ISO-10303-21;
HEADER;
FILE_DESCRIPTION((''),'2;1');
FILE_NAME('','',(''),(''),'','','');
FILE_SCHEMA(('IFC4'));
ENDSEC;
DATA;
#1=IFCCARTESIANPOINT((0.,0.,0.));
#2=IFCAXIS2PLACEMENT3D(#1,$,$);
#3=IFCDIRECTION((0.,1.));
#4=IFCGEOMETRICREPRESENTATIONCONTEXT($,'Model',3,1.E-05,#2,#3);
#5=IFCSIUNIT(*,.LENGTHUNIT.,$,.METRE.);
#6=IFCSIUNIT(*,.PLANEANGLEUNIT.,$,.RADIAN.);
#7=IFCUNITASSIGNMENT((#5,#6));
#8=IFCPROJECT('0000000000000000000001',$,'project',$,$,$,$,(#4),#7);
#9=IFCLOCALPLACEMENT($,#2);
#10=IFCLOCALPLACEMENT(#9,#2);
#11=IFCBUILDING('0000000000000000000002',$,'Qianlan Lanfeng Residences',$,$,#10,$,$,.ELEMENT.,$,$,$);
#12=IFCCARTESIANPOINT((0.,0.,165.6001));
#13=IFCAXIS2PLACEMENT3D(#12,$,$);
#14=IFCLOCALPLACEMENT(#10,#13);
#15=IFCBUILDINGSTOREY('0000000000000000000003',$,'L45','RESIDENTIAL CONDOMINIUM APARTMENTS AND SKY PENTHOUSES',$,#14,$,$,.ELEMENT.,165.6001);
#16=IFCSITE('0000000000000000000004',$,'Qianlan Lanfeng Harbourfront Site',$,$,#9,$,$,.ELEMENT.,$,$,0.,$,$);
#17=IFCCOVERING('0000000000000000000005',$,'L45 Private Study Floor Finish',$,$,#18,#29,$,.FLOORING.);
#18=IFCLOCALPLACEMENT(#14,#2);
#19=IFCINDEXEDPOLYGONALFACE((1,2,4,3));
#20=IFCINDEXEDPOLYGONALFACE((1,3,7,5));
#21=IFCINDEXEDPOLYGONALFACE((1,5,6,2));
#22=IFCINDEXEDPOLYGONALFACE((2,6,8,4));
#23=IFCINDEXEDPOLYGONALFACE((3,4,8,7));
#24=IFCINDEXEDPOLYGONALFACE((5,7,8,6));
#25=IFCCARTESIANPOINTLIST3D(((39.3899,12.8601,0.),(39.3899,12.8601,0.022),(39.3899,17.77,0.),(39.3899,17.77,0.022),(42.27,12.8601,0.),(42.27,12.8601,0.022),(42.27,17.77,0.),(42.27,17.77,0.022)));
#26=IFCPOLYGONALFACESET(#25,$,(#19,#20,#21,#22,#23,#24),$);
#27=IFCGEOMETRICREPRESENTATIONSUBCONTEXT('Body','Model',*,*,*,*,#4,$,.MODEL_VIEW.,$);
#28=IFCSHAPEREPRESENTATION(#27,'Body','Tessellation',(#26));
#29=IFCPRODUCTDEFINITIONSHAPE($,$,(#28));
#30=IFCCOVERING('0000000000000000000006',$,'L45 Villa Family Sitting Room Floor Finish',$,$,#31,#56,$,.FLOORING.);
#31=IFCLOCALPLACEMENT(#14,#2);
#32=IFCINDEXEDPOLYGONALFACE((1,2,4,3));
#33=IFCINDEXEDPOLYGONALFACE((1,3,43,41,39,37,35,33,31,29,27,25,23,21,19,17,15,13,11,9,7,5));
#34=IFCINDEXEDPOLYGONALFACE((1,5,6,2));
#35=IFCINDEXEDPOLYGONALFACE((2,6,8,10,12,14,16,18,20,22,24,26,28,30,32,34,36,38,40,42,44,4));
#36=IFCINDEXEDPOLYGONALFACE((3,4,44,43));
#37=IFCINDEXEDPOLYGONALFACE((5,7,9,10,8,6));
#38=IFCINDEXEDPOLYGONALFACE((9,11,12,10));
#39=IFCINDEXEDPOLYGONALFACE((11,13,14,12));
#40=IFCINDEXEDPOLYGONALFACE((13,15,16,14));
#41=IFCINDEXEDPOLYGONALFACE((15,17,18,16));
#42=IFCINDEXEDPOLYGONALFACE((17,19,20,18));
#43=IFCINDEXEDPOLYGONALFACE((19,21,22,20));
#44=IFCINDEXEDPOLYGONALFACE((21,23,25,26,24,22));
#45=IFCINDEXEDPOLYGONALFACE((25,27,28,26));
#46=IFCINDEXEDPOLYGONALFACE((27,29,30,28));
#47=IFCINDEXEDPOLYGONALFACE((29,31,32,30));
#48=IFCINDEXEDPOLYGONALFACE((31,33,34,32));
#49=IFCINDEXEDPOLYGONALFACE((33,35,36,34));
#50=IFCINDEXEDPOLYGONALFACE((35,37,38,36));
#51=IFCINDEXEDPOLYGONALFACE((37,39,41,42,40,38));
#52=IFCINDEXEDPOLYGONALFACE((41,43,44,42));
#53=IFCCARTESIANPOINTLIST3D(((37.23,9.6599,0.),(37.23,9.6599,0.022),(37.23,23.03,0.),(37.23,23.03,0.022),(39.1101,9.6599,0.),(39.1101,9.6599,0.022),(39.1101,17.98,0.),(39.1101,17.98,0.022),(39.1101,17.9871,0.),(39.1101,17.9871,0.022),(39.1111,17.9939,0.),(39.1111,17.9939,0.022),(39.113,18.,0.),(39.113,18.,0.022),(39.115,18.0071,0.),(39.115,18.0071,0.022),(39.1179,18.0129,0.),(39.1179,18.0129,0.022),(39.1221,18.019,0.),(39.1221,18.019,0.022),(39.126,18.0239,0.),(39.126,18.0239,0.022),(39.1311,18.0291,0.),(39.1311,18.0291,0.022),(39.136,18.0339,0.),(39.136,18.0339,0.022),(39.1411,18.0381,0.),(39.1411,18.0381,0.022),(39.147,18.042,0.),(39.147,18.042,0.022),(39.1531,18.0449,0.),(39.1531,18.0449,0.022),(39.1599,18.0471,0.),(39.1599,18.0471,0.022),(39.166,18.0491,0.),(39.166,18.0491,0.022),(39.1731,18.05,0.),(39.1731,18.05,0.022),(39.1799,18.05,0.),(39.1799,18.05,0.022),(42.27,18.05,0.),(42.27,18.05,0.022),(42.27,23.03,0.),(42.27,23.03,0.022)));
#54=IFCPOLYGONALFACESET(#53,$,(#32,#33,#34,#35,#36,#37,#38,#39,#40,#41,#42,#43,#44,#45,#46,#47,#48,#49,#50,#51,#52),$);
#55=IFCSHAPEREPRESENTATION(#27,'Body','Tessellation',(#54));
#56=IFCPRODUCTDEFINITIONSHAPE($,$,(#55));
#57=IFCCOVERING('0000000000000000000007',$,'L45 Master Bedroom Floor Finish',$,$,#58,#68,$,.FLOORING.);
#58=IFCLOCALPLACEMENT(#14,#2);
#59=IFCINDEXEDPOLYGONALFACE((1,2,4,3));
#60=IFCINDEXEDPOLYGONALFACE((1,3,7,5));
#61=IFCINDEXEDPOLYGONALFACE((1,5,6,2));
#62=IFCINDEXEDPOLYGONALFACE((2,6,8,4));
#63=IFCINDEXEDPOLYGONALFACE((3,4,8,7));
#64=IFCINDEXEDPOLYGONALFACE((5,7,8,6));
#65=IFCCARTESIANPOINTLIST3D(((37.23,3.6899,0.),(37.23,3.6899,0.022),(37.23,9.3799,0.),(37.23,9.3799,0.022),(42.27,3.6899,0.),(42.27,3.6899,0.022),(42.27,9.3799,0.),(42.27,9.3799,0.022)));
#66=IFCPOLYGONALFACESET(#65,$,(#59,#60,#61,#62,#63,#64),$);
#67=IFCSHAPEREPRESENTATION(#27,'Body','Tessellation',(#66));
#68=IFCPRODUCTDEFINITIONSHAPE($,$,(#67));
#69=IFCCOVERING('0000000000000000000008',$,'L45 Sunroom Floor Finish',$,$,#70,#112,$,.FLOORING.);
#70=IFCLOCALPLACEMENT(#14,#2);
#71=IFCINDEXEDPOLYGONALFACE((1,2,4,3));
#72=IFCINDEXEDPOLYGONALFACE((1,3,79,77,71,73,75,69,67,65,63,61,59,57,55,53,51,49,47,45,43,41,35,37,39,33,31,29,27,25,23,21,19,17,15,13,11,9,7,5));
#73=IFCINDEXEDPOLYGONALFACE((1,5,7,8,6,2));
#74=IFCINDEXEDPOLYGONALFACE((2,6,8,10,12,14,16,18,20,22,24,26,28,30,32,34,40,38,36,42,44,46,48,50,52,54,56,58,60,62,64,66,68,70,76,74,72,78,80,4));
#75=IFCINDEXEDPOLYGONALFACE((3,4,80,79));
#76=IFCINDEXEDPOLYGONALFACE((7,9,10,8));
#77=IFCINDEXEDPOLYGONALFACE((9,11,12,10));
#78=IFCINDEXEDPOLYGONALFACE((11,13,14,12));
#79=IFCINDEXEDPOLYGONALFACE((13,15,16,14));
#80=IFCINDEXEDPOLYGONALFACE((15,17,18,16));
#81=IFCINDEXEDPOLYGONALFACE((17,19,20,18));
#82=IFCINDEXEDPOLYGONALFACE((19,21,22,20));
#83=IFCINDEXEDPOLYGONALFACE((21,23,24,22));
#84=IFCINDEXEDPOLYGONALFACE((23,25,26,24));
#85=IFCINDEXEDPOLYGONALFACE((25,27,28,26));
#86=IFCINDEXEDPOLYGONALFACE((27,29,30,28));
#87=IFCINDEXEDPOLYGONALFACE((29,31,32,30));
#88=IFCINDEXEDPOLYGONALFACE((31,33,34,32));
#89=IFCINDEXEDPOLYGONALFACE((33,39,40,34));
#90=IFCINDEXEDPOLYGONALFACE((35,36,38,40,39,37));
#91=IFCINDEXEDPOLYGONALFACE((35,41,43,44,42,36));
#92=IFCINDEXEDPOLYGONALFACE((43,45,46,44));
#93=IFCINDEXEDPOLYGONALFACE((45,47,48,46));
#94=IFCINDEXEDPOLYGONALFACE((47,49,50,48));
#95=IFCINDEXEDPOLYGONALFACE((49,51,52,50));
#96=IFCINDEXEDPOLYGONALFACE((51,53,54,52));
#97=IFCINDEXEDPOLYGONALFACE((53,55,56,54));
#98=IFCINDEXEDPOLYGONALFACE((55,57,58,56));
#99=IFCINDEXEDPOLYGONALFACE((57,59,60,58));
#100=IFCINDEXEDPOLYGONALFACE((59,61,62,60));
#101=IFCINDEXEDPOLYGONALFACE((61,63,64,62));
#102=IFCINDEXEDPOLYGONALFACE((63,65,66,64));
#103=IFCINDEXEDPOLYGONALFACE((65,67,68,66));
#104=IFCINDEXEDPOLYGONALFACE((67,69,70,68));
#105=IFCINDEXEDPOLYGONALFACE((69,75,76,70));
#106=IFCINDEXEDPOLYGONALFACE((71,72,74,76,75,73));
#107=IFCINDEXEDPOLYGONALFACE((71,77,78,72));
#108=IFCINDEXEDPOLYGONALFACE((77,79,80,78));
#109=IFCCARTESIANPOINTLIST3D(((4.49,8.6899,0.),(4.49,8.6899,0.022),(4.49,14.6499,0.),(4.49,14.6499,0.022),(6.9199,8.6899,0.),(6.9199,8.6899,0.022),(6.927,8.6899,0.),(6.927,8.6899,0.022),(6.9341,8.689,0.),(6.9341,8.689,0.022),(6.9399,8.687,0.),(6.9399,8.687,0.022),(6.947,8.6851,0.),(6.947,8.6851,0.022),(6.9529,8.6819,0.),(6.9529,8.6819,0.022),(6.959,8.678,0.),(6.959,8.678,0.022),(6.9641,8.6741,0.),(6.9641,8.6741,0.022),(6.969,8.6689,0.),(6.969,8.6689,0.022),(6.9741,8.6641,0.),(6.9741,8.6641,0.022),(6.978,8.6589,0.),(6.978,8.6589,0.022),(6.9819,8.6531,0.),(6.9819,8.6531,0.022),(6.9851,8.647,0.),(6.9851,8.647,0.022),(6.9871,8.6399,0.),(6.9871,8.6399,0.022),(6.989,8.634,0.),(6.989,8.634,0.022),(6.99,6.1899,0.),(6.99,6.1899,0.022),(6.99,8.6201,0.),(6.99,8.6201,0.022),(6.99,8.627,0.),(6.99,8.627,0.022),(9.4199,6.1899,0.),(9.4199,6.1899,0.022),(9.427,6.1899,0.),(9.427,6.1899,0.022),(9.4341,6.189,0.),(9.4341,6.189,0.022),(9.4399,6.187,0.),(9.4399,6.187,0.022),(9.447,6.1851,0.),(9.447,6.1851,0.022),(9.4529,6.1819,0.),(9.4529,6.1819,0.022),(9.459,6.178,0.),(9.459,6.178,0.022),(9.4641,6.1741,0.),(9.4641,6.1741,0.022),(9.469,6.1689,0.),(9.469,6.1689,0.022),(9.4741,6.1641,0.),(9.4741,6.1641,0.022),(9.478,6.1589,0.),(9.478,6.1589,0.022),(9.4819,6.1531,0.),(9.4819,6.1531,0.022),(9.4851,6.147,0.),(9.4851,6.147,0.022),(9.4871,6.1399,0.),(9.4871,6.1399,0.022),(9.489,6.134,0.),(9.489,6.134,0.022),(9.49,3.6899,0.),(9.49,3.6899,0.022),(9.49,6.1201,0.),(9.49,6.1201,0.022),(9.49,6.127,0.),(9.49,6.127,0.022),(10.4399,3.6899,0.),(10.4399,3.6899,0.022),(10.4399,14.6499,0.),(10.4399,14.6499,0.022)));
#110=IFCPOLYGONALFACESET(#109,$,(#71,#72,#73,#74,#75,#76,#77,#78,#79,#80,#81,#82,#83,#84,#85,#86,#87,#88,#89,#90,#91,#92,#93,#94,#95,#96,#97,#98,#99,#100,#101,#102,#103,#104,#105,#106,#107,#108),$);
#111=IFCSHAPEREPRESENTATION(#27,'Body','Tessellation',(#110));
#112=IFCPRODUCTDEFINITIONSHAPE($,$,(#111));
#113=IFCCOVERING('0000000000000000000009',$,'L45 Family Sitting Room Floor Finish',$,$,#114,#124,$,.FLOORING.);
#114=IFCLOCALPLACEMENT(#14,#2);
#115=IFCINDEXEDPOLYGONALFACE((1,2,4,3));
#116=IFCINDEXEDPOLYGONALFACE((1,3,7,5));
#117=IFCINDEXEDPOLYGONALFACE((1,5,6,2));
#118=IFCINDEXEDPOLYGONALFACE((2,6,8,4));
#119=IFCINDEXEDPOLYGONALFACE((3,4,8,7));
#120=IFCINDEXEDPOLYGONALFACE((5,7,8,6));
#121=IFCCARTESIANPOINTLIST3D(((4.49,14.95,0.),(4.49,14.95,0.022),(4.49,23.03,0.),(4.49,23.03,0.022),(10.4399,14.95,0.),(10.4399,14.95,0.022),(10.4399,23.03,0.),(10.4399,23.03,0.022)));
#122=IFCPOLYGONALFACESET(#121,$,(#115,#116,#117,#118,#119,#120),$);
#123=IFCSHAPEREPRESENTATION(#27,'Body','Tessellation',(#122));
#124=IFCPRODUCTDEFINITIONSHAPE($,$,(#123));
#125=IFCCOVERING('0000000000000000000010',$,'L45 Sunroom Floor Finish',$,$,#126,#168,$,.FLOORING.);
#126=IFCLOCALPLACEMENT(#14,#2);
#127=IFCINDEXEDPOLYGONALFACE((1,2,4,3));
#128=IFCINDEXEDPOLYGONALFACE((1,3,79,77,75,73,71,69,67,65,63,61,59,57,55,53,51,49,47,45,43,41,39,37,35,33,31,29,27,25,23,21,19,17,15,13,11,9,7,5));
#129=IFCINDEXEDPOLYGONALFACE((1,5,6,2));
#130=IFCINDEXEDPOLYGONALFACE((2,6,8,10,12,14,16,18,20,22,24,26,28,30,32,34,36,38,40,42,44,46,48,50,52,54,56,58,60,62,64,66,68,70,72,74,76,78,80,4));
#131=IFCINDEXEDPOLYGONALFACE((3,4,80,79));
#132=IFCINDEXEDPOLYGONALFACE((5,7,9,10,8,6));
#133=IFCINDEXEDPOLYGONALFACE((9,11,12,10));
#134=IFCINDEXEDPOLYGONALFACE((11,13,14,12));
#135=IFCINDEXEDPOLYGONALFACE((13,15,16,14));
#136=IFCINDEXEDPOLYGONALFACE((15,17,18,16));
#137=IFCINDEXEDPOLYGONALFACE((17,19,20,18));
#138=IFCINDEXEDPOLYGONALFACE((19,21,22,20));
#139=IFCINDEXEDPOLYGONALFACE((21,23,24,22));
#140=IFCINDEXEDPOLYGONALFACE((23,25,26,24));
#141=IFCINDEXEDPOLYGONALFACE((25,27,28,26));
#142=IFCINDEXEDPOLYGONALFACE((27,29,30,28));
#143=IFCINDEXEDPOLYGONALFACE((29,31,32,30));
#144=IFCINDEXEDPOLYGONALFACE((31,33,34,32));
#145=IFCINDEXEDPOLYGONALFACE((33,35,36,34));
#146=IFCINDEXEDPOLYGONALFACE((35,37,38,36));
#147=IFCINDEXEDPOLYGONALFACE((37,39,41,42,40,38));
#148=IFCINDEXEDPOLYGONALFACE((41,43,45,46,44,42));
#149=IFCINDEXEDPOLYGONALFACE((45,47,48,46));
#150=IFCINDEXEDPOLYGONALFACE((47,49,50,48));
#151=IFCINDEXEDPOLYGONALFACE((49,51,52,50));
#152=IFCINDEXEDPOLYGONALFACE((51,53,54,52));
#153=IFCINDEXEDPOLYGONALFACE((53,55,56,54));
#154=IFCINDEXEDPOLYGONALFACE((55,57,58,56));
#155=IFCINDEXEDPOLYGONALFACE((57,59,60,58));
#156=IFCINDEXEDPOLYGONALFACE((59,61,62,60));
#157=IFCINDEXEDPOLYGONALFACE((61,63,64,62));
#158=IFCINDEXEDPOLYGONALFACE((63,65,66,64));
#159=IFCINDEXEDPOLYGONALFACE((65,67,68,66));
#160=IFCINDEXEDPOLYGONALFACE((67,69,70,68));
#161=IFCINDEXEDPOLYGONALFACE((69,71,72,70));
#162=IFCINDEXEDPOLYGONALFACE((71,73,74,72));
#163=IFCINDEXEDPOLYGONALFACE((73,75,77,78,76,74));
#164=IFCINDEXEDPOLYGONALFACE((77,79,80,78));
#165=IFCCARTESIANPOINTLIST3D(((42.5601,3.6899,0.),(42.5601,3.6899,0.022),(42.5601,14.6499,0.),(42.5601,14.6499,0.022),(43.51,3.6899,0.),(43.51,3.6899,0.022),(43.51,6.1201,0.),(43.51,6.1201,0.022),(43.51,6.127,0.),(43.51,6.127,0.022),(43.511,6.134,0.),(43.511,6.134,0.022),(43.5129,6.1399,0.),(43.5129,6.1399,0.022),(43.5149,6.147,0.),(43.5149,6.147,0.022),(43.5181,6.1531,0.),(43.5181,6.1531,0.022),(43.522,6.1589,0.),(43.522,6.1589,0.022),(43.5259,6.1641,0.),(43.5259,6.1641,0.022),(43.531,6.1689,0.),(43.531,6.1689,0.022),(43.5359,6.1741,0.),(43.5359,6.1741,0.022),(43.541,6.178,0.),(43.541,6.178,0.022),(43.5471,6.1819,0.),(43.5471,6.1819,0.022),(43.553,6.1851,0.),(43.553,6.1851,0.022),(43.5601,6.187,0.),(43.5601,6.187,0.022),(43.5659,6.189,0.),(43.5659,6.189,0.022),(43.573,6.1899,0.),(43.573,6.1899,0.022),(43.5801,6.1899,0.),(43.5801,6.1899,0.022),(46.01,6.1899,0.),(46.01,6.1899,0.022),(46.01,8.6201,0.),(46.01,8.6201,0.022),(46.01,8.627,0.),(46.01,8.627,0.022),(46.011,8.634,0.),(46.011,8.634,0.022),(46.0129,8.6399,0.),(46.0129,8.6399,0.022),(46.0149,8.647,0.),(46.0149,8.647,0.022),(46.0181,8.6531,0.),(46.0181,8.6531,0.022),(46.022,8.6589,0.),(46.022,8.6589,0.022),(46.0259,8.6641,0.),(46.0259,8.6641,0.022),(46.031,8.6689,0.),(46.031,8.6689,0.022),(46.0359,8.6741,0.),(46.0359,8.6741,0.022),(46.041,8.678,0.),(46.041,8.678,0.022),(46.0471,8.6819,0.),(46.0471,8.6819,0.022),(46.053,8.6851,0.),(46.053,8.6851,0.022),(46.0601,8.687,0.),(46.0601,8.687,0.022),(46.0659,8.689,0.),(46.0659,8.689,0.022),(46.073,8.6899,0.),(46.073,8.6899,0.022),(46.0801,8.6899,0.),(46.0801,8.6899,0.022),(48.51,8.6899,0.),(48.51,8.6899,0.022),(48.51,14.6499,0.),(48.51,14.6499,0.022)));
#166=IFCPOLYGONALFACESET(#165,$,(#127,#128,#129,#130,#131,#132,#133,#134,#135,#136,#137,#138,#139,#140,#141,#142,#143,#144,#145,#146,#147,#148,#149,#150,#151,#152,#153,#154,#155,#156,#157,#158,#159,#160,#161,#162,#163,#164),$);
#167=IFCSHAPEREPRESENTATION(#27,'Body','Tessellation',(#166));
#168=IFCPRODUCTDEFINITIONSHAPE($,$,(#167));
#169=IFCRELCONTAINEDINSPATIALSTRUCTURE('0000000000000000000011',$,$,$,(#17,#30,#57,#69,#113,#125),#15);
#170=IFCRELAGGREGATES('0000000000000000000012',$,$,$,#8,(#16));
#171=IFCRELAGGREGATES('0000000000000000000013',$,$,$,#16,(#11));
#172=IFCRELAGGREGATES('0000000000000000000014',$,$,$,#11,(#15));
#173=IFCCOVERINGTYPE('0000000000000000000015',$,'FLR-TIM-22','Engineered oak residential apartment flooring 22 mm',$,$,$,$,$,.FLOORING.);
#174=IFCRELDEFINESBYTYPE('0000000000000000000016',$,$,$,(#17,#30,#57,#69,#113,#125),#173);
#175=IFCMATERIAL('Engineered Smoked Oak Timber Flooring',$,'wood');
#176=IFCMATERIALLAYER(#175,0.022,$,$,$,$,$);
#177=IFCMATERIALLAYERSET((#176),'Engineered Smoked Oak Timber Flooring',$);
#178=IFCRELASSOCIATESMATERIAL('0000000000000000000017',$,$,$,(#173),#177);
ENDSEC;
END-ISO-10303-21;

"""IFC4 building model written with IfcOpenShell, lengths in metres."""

from ifc_helpers import new_model, si_unit, direction, frame, origin, place, context, subcontext, project, spatial, polyline, outline, extrude, material, layer, layer_set, type_object, element, save


model = new_model("IFC4")

# Units and contexts
model_context = context("Model", 3, precision=1e-05, world=origin(), true_north=direction((0.0, 1.0)))
body_context = subcontext(model_context, "Body", "Model", "MODEL_VIEW")
ifc_project = project(units=[si_unit("LENGTHUNIT", "METRE"), si_unit("PLANEANGLEUNIT", "RADIAN")], contexts=[model_context])

# Site, building, storey
site_placement = place(None, origin())
site = spatial("IfcSite", under=ifc_project, at=site_placement, Name="Qianlan Lanfeng Harbourfront Site", CompositionType="ELEMENT", RefElevation=0.0)
building_placement = place(site_placement, origin())
building = spatial("IfcBuilding", under=site, at=building_placement, Name="Qianlan Lanfeng Residences", CompositionType="ELEMENT")
storey_placement = place(building_placement, frame((0.0, 0.0, 165.6001)))
storey = spatial("IfcBuildingStorey", under=building, at=storey_placement, Name="L45", Description="RESIDENTIAL CONDOMINIUM APARTMENTS AND SKY PENTHOUSES", CompositionType="ELEMENT", Elevation=165.6001)

# Coverings
ifc_material_1 = material(Name="Engineered Smoked Oak Timber Flooring", Category="wood")
ifc_layer_1 = layer(ifc_material_1, 0.022)
ifc_layer_set_1 = layer_set([ifc_layer_1], Name="Engineered Smoked Oak Timber Flooring")
covering_type_1 = type_object("IfcCoveringType", Name="FLR-TIM-22", Description="Engineered oak residential apartment flooring 22 mm", PredefinedType="FLOORING", material=ifc_layer_set_1)
covering_1_placement = place(storey_placement, origin())
element("IfcCovering", 1, at=covering_1_placement, inside=storey, type_object=covering_type_1, Name="L45 Private Study Floor Finish", PredefinedType="FLOORING", context=body_context, shape_type="SweptSolid", body=[
    extrude(outline(polyline([(39.3899, 12.8601), (42.27, 12.8601), (42.27, 17.77), (39.3899, 17.77), (39.3899, 12.8601)])), origin(), (0.0, 0.0, 1.0), 0.022),
])
covering_2_placement = place(storey_placement, origin())
element("IfcCovering", 2, at=covering_2_placement, inside=storey, type_object=covering_type_1, Name="L45 Villa Family Sitting Room Floor Finish", PredefinedType="FLOORING", context=body_context, shape_type="SweptSolid", body=[
    extrude(outline(polyline([(37.23, 9.6599), (39.1101, 9.6599), (39.1101, 17.98), (39.1101, 17.9871), (39.1111, 17.9939), (39.113, 18.0), (39.115, 18.0071), (39.1179, 18.0129), (39.1221, 18.019), (39.126, 18.0239), (39.1311, 18.0291), (39.136, 18.0339), (39.1411, 18.0381), (39.147, 18.042), (39.1531, 18.0449), (39.1599, 18.0471), (39.166, 18.0491), (39.1731, 18.05), (39.1799, 18.05), (42.27, 18.05), (42.27, 23.03), (37.23, 23.03), (37.23, 9.6599)])), origin(), (0.0, 0.0, 1.0), 0.022),
])
covering_3_placement = place(storey_placement, origin())
element("IfcCovering", 3, at=covering_3_placement, inside=storey, type_object=covering_type_1, Name="L45 Master Bedroom Floor Finish", PredefinedType="FLOORING", context=body_context, shape_type="SweptSolid", body=[
    extrude(outline(polyline([(37.23, 9.3799), (37.23, 3.6899), (42.27, 3.6899), (42.27, 9.3799), (37.23, 9.3799)])), origin(), (0.0, 0.0, 1.0), 0.022),
])
covering_4_placement = place(storey_placement, origin())
element("IfcCovering", 4, at=covering_4_placement, inside=storey, type_object=covering_type_1, Name="L45 Sunroom Floor Finish", PredefinedType="FLOORING", context=body_context, shape_type="SweptSolid", body=[
    extrude(outline(polyline([(10.4399, 14.6499), (4.49, 14.6499), (4.49, 8.6899), (6.9199, 8.6899), (6.927, 8.6899), (6.9341, 8.689), (6.9399, 8.687), (6.947, 8.6851), (6.9529, 8.6819), (6.959, 8.678), (6.9641, 8.6741), (6.969, 8.6689), (6.9741, 8.6641), (6.978, 8.6589), (6.9819, 8.6531), (6.9851, 8.647), (6.9871, 8.6399), (6.989, 8.634), (6.99, 8.627), (6.99, 8.6201), (6.99, 6.1899), (9.4199, 6.1899), (9.427, 6.1899), (9.4341, 6.189), (9.4399, 6.187), (9.447, 6.1851), (9.4529, 6.1819), (9.459, 6.178), (9.4641, 6.1741), (9.469, 6.1689), (9.4741, 6.1641), (9.478, 6.1589), (9.4819, 6.1531), (9.4851, 6.147), (9.4871, 6.1399), (9.489, 6.134), (9.49, 6.127), (9.49, 6.1201), (9.49, 3.6899), (10.4399, 3.6899), (10.4399, 14.6499)])), origin(), (0.0, 0.0, 1.0), 0.022),
])
covering_5_placement = place(storey_placement, origin())
element("IfcCovering", 5, at=covering_5_placement, inside=storey, type_object=covering_type_1, Name="L45 Family Sitting Room Floor Finish", PredefinedType="FLOORING", context=body_context, shape_type="SweptSolid", body=[
    extrude(outline(polyline([(10.4399, 23.03), (4.49, 23.03), (4.49, 14.95), (10.4399, 14.95), (10.4399, 23.03)])), origin(), (0.0, 0.0, 1.0), 0.022),
])
covering_6_placement = place(storey_placement, origin())
element("IfcCovering", 6, at=covering_6_placement, inside=storey, type_object=covering_type_1, Name="L45 Sunroom Floor Finish", PredefinedType="FLOORING", context=body_context, shape_type="SweptSolid", body=[
    extrude(outline(polyline([(48.51, 14.6499), (42.5601, 14.6499), (42.5601, 3.6899), (43.51, 3.6899), (43.51, 6.1201), (43.51, 6.127), (43.511, 6.134), (43.5129, 6.1399), (43.5149, 6.147), (43.5181, 6.1531), (43.522, 6.1589), (43.5259, 6.1641), (43.531, 6.1689), (43.5359, 6.1741), (43.541, 6.178), (43.5471, 6.1819), (43.553, 6.1851), (43.5601, 6.187), (43.5659, 6.189), (43.573, 6.1899), (43.5801, 6.1899), (46.01, 6.1899), (46.01, 8.6201), (46.01, 8.627), (46.011, 8.634), (46.0129, 8.6399), (46.0149, 8.647), (46.0181, 8.6531), (46.022, 8.6589), (46.0259, 8.6641), (46.031, 8.6689), (46.0359, 8.6741), (46.041, 8.678), (46.0471, 8.6819), (46.053, 8.6851), (46.0601, 8.687), (46.0659, 8.689), (46.073, 8.6899), (46.0801, 8.6899), (48.51, 8.6899), (48.51, 14.6499)])), origin(), (0.0, 0.0, 1.0), 0.022),
])

save(model, "model.ifc")
